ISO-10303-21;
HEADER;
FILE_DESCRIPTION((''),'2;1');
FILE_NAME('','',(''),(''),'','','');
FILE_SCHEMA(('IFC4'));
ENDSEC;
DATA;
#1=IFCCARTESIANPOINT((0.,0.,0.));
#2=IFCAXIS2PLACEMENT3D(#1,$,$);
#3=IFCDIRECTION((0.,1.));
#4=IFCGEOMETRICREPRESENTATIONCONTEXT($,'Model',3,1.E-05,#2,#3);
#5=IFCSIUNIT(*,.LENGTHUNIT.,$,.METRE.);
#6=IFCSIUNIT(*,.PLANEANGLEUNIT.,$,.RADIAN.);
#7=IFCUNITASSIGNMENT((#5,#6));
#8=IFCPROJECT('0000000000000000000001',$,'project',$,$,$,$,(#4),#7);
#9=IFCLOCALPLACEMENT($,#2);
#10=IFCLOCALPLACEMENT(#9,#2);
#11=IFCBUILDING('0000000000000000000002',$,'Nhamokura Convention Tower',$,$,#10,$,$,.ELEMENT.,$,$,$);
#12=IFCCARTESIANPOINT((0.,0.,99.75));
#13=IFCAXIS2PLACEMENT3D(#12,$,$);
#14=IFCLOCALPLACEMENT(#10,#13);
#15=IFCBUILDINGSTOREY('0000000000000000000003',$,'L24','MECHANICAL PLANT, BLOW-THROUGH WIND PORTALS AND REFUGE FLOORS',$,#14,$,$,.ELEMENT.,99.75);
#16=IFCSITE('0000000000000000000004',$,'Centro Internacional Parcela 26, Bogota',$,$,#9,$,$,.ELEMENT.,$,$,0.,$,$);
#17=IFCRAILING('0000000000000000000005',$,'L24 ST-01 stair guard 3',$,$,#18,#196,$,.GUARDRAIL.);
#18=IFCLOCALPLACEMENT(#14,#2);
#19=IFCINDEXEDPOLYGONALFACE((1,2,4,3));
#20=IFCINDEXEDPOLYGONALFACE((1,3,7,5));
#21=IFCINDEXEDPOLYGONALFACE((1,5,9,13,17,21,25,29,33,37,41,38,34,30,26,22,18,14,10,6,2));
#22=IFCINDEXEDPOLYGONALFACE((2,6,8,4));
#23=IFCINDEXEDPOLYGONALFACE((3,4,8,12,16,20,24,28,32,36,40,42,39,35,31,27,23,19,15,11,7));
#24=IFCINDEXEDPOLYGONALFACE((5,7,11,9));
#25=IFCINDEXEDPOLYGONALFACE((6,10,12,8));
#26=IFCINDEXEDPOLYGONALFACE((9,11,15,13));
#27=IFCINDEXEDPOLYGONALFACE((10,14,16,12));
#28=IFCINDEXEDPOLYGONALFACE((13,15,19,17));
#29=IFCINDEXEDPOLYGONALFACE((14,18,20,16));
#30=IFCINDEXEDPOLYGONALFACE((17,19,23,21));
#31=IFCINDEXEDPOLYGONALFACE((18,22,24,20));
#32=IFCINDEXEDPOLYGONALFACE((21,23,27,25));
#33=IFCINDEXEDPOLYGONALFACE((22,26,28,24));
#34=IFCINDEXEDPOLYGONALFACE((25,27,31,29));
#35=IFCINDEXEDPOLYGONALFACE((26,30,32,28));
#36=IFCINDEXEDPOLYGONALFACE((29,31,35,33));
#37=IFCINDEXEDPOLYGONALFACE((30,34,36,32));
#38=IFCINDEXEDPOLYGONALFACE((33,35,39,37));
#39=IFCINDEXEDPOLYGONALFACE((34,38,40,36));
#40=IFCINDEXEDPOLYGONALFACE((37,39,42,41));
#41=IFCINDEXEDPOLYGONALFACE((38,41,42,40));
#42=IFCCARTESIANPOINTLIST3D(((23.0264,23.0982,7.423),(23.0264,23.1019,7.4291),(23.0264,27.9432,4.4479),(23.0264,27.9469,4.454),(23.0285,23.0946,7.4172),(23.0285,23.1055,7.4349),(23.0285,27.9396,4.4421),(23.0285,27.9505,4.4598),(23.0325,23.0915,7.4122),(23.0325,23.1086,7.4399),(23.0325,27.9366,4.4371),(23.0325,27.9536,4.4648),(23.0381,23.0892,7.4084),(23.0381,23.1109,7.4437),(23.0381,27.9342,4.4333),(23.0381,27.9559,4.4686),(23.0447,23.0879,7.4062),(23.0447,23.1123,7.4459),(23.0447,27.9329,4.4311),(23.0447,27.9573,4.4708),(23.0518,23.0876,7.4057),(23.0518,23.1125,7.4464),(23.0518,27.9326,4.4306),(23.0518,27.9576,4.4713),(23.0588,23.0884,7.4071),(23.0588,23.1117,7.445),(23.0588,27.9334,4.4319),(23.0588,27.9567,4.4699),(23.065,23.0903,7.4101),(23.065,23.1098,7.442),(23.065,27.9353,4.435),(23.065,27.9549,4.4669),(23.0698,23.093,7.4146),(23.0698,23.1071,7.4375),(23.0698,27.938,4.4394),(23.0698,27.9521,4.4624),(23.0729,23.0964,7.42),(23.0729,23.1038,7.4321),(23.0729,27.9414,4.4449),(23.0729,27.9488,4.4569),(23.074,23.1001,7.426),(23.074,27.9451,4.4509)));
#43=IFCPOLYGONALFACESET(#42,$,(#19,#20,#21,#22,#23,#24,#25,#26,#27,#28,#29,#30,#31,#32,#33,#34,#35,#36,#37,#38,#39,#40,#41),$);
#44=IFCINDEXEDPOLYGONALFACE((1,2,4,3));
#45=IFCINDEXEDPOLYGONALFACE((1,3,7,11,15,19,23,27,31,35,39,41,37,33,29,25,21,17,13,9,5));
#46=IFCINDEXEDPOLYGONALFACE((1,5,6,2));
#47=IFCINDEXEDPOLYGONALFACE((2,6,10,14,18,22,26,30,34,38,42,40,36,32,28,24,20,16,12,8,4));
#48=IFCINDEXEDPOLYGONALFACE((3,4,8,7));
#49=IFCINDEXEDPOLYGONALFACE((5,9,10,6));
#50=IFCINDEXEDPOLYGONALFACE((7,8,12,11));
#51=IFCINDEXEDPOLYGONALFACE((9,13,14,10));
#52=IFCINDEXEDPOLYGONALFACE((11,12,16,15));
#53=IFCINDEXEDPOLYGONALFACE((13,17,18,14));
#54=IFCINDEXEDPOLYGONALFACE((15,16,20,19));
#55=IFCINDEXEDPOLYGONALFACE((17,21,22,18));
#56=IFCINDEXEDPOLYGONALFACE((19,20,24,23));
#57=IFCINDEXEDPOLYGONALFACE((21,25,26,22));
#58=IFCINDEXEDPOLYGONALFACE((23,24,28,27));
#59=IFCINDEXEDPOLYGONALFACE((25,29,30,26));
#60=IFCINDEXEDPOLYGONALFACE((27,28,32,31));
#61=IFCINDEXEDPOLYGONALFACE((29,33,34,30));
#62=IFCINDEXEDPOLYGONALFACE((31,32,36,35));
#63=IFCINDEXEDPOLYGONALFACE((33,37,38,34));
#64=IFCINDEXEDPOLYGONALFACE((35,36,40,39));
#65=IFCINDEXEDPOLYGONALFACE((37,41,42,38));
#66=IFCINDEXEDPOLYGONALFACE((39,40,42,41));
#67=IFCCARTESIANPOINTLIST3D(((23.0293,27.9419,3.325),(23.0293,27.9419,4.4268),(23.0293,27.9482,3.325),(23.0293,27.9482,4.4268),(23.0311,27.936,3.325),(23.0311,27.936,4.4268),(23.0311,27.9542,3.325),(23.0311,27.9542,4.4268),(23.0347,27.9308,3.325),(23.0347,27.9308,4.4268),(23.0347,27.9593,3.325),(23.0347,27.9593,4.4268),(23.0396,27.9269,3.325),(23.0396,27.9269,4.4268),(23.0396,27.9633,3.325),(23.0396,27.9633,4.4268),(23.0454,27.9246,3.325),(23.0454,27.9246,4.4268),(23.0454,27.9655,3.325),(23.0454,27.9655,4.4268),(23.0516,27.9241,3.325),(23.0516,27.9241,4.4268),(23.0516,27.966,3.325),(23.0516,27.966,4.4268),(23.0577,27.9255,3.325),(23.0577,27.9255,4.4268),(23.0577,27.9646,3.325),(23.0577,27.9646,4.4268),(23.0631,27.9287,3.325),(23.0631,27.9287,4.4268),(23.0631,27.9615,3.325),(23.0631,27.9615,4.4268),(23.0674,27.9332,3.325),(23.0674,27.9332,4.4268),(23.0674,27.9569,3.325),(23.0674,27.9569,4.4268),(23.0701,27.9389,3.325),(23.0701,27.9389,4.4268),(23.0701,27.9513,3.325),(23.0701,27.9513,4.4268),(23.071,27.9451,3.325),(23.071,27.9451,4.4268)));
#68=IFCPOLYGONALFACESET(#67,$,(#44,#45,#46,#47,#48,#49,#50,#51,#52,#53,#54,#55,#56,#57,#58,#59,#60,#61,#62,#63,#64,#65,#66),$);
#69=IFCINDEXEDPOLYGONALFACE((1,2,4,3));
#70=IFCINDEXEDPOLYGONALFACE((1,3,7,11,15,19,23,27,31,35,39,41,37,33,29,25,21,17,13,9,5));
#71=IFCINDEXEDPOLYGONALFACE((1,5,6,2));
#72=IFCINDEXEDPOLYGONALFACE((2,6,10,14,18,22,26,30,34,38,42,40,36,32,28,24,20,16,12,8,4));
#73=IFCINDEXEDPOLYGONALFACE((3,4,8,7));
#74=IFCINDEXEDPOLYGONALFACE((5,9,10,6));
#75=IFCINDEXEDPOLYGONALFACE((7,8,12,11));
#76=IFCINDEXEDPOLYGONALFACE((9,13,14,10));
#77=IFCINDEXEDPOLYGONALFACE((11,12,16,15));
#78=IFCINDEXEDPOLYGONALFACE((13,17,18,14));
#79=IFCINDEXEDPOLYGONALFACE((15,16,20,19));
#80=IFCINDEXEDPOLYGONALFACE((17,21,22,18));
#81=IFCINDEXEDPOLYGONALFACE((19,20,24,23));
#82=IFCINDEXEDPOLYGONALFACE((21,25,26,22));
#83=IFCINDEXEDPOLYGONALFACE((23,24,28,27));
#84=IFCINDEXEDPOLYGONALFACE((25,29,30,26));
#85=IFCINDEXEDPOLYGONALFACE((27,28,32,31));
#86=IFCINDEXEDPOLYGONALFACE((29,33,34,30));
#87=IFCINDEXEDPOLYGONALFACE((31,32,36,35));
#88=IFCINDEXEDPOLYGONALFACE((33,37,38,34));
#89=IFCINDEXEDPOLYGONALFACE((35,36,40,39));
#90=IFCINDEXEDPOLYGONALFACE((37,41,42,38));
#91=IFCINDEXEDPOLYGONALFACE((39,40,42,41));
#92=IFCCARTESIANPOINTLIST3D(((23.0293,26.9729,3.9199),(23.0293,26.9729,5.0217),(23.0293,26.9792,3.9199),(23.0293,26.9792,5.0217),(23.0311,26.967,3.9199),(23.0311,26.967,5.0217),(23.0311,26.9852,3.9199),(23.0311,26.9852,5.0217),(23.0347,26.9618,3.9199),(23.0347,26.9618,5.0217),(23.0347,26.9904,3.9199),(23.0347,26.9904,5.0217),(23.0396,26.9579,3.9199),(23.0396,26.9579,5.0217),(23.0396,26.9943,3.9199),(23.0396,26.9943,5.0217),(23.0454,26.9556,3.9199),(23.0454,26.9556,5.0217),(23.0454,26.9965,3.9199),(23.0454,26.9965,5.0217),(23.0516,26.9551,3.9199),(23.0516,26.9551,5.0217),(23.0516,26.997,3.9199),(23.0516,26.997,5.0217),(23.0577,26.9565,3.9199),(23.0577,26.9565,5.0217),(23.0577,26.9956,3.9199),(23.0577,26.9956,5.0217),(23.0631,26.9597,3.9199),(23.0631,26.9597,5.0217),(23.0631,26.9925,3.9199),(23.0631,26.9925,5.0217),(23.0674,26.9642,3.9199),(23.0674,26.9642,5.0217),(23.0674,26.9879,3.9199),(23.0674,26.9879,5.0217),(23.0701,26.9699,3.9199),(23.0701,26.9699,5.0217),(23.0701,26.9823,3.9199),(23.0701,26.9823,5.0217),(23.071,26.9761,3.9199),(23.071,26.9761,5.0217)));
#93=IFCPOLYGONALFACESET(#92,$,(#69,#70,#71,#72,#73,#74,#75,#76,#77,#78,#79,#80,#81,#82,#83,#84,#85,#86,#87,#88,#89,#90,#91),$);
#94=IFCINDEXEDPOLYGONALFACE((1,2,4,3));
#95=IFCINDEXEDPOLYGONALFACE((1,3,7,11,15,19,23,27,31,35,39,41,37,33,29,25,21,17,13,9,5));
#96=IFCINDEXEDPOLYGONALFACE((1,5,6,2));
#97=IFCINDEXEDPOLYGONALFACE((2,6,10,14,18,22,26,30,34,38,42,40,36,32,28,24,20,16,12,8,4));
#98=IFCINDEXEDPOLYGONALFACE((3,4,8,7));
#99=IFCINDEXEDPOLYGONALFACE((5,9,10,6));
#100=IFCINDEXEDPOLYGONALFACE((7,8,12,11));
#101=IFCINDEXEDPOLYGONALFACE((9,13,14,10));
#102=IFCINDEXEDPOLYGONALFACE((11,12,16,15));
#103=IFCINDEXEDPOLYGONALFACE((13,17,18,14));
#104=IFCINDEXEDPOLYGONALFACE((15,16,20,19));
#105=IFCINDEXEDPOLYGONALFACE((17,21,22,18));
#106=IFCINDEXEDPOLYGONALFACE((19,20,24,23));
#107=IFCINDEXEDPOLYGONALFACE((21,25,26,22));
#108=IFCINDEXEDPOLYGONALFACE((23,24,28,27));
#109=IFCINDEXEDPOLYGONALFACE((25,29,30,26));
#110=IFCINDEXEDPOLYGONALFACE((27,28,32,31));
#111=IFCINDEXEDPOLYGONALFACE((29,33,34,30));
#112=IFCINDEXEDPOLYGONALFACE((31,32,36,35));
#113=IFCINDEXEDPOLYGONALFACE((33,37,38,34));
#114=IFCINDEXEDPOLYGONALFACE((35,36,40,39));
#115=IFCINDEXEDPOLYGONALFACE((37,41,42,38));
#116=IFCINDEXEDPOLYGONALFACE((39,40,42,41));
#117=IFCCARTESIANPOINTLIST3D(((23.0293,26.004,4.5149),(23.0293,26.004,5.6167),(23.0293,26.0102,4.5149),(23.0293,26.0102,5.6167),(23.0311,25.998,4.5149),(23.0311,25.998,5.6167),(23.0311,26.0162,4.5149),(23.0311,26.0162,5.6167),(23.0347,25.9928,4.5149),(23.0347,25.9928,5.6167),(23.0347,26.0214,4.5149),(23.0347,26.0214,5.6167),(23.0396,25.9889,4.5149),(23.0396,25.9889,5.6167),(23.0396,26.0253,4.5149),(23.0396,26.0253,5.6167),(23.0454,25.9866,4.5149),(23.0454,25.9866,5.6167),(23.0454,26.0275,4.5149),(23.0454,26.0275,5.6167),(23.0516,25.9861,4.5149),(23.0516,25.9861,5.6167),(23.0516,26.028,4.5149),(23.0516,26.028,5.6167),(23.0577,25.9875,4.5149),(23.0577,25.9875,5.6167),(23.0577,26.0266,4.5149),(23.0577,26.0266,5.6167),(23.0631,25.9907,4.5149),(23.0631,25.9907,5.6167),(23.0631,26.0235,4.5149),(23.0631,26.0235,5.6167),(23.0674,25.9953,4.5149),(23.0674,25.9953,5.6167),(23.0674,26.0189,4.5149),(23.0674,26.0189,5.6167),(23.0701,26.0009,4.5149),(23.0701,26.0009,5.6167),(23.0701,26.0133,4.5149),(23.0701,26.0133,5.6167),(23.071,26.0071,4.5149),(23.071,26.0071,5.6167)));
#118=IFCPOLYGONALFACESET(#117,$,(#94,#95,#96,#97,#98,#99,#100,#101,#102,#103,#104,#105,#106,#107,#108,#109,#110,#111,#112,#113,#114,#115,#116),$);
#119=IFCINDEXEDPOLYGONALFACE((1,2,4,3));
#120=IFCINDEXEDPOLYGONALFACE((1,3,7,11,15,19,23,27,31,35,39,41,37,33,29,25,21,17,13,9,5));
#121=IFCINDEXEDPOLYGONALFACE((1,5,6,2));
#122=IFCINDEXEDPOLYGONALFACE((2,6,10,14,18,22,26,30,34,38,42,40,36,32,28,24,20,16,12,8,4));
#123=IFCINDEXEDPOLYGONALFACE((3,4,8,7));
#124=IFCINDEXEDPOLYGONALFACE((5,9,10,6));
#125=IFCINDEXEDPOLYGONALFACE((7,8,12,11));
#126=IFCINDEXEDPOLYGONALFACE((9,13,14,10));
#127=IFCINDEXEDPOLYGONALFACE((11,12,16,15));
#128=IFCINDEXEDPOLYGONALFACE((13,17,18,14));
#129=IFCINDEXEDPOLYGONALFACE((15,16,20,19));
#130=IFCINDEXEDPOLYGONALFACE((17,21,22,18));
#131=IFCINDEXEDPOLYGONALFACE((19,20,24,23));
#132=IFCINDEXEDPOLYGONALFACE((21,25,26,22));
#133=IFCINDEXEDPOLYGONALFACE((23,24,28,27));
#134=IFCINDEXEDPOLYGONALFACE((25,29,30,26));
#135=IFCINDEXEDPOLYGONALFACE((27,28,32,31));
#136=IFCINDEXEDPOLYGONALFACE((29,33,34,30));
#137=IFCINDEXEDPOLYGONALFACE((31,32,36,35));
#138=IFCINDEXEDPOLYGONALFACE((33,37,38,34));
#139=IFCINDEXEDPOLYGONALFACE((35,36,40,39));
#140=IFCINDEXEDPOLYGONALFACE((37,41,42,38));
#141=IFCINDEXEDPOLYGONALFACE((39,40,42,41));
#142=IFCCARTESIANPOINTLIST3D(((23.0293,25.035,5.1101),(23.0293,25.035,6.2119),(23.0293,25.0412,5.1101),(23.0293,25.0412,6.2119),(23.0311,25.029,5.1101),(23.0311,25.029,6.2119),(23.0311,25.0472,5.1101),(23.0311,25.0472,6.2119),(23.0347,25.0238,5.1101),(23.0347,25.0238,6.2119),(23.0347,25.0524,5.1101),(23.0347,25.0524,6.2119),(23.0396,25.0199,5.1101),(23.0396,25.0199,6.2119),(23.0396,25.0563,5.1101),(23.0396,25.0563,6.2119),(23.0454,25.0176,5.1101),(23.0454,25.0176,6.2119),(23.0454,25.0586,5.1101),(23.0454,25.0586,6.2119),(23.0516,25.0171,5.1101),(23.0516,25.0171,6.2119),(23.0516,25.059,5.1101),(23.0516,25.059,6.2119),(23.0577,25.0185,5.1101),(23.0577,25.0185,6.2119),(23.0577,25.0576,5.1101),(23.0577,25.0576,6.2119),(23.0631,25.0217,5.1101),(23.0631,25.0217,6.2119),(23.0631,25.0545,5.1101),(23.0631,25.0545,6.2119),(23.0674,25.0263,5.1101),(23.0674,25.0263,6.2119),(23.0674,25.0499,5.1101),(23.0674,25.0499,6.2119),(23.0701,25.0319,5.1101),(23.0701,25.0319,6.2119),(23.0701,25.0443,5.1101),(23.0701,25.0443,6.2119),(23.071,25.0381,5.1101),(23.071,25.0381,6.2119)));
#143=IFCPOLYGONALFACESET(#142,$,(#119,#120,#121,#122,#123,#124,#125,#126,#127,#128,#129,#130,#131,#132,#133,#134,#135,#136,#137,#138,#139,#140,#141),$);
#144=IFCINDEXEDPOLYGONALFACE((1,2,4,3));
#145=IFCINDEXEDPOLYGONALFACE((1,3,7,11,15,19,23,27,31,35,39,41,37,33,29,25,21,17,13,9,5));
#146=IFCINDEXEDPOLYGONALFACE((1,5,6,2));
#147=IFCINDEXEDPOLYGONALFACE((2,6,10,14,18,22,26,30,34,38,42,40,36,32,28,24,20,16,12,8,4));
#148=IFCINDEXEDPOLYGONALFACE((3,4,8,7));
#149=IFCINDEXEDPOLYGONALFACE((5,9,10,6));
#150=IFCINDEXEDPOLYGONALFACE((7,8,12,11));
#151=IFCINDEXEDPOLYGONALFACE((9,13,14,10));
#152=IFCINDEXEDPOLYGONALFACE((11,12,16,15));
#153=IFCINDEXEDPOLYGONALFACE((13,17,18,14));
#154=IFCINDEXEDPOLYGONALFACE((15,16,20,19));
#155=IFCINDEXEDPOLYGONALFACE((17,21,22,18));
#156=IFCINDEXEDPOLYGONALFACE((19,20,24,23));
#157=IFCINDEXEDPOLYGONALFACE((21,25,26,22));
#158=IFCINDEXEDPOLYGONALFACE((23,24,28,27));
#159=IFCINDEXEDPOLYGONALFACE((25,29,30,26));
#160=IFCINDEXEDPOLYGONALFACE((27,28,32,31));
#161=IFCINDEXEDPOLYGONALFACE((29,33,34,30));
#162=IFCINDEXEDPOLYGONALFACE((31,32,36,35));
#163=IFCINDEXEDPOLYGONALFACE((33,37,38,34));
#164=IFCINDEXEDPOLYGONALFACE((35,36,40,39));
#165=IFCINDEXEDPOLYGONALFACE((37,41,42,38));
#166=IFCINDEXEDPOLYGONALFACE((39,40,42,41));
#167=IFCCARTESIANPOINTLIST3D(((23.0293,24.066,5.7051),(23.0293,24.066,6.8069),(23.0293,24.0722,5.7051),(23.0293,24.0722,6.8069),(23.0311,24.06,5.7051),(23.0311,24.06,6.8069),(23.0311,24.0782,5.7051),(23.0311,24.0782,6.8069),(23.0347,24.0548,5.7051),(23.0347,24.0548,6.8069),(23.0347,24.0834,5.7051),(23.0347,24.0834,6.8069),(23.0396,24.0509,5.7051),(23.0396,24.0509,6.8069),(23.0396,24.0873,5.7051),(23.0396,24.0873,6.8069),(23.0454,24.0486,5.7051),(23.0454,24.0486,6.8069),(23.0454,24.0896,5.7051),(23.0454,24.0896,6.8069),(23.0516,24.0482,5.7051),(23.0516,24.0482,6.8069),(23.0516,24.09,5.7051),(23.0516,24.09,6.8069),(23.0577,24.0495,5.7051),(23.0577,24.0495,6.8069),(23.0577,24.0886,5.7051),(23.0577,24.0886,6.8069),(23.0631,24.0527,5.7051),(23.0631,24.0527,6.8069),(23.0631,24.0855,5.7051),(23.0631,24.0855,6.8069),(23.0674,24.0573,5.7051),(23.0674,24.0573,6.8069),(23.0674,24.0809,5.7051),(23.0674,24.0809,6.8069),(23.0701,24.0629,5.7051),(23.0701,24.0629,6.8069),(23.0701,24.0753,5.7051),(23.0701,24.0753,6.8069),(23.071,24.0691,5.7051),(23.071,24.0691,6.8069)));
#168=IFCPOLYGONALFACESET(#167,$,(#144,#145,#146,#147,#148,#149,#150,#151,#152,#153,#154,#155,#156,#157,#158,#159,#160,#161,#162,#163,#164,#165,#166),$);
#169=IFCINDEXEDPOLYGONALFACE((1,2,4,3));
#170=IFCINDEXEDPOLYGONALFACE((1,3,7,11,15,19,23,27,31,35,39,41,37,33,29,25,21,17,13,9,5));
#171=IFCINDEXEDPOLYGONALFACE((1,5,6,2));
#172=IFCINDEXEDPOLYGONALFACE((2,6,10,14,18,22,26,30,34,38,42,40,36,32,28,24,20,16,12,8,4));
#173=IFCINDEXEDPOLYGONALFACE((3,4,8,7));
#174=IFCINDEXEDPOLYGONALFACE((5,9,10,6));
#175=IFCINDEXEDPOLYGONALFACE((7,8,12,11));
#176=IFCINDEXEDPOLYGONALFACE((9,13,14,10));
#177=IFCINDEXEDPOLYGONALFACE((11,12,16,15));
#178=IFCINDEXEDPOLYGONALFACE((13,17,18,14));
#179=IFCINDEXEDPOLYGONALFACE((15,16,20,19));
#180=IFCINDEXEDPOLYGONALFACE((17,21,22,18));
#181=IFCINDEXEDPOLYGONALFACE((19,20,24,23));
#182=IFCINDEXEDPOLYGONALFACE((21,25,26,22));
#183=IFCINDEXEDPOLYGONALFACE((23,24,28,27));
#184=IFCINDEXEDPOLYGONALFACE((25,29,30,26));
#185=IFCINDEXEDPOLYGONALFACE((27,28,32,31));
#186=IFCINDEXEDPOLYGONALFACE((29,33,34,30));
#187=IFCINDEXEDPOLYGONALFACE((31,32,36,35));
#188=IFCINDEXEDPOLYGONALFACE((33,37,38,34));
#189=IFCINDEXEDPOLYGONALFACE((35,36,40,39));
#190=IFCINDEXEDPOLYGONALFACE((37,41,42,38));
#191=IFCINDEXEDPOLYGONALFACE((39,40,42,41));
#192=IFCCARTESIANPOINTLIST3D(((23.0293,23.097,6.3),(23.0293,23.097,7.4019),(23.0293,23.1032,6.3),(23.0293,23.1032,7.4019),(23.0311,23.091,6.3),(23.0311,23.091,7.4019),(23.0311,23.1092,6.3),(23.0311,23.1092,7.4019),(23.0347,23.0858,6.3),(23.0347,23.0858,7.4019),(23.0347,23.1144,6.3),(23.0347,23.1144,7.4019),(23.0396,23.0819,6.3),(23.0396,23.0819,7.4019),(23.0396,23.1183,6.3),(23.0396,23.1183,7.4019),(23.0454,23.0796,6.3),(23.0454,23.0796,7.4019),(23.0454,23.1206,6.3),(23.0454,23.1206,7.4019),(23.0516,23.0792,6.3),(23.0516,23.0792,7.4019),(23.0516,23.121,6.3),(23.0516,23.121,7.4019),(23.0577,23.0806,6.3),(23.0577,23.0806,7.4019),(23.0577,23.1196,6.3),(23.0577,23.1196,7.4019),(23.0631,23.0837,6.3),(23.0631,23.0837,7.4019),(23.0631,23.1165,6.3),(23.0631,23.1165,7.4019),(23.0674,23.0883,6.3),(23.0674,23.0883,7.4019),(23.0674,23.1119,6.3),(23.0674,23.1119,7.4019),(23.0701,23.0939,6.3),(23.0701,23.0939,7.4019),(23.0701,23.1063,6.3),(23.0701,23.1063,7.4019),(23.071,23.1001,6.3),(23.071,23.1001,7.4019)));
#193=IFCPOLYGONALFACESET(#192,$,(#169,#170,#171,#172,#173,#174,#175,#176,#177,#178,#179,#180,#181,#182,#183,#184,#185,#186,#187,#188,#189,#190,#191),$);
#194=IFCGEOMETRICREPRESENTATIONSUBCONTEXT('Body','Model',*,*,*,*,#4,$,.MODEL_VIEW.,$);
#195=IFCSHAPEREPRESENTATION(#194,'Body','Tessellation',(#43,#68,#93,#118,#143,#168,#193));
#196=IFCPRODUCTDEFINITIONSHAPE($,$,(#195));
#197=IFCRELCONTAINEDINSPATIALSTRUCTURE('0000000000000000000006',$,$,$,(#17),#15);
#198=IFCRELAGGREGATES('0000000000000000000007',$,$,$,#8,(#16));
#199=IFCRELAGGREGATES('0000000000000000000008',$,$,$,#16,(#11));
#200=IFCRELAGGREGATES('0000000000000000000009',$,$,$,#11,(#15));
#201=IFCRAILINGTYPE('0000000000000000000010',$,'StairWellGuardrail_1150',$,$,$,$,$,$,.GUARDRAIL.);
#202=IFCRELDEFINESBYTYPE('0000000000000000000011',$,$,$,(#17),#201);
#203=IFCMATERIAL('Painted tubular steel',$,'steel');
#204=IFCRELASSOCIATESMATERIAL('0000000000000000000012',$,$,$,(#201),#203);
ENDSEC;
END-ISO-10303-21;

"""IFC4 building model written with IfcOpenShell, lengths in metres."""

from ifc_helpers import new_model, si_unit, direction, frame, origin, origin_2d, place, context, subcontext, project, spatial, circle, extrude, material, type_object, element, save


model = new_model("IFC4")

# Units and contexts
model_context = context("Model", 3, precision=1e-05, world=origin(), true_north=direction((0.0, 1.0)))
body_context = subcontext(model_context, "Body", "Model", "MODEL_VIEW")
ifc_project = project(units=[si_unit("LENGTHUNIT", "METRE"), si_unit("PLANEANGLEUNIT", "RADIAN")], contexts=[model_context])

# Site, building, storey
site_placement = place(None, origin())
site = spatial("IfcSite", under=ifc_project, at=site_placement, Name="Centro Internacional Parcela 26, Bogota", CompositionType="ELEMENT", RefElevation=0.0)
building_placement = place(site_placement, origin())
building = spatial("IfcBuilding", under=site, at=building_placement, Name="Nhamokura Convention Tower", CompositionType="ELEMENT")
storey_placement = place(building_placement, frame((0.0, 0.0, 99.75)))
storey = spatial("IfcBuildingStorey", under=building, at=storey_placement, Name="L24", Description="MECHANICAL PLANT, BLOW-THROUGH WIND PORTALS AND REFUGE FLOORS", CompositionType="ELEMENT", Elevation=99.75)

# Railing
ifc_material_1 = material(Name="Painted tubular steel", Category="steel")
railing_type_1 = type_object("IfcRailingType", Name="StairWellGuardrail_1150", PredefinedType="GUARDRAIL", material=ifc_material_1)
railing_1_placement = place(storey_placement, frame((23.05, 27.9451, 3.325)))
element("IfcRailing", 1, at=railing_1_placement, inside=storey, type_object=railing_type_1, Name="L24 ST-01 stair guard 3", PredefinedType="GUARDRAIL", context=body_context, shape_type="SweptSolid", body=[
    extrude(circle(Radius=0.0239, at=origin_2d()), frame((0.0, 0.0, 1.126), z_axis=(0.0, -0.852162, 0.523278), x_axis=(1.0, 0.0, 0.0)), (0.0, 0.0, 1.0), 5.6855),
    extrude(circle(Radius=0.021, at=origin_2d()), origin(), (0.0, 0.0, 1.0), 1.1018),
    extrude(circle(Radius=0.021, at=origin_2d()), frame((0.0, -0.969, 0.595)), (0.0, 0.0, 1.0), 1.1018),
    extrude(circle(Radius=0.021, at=origin_2d()), frame((0.0, -1.938, 1.1899)), (0.0, 0.0, 1.0), 1.1018),
    extrude(circle(Radius=0.021, at=origin_2d()), frame((0.0, -2.907, 1.7852)), (0.0, 0.0, 1.0), 1.1018),
    extrude(circle(Radius=0.021, at=origin_2d()), frame((0.0, -3.876, 2.3801)), (0.0, 0.0, 1.0), 1.1018),
    extrude(circle(Radius=0.021, at=origin_2d()), frame((0.0, -4.845, 2.9751)), (0.0, 0.0, 1.0), 1.1018),
])

save(model, "model.ifc")
